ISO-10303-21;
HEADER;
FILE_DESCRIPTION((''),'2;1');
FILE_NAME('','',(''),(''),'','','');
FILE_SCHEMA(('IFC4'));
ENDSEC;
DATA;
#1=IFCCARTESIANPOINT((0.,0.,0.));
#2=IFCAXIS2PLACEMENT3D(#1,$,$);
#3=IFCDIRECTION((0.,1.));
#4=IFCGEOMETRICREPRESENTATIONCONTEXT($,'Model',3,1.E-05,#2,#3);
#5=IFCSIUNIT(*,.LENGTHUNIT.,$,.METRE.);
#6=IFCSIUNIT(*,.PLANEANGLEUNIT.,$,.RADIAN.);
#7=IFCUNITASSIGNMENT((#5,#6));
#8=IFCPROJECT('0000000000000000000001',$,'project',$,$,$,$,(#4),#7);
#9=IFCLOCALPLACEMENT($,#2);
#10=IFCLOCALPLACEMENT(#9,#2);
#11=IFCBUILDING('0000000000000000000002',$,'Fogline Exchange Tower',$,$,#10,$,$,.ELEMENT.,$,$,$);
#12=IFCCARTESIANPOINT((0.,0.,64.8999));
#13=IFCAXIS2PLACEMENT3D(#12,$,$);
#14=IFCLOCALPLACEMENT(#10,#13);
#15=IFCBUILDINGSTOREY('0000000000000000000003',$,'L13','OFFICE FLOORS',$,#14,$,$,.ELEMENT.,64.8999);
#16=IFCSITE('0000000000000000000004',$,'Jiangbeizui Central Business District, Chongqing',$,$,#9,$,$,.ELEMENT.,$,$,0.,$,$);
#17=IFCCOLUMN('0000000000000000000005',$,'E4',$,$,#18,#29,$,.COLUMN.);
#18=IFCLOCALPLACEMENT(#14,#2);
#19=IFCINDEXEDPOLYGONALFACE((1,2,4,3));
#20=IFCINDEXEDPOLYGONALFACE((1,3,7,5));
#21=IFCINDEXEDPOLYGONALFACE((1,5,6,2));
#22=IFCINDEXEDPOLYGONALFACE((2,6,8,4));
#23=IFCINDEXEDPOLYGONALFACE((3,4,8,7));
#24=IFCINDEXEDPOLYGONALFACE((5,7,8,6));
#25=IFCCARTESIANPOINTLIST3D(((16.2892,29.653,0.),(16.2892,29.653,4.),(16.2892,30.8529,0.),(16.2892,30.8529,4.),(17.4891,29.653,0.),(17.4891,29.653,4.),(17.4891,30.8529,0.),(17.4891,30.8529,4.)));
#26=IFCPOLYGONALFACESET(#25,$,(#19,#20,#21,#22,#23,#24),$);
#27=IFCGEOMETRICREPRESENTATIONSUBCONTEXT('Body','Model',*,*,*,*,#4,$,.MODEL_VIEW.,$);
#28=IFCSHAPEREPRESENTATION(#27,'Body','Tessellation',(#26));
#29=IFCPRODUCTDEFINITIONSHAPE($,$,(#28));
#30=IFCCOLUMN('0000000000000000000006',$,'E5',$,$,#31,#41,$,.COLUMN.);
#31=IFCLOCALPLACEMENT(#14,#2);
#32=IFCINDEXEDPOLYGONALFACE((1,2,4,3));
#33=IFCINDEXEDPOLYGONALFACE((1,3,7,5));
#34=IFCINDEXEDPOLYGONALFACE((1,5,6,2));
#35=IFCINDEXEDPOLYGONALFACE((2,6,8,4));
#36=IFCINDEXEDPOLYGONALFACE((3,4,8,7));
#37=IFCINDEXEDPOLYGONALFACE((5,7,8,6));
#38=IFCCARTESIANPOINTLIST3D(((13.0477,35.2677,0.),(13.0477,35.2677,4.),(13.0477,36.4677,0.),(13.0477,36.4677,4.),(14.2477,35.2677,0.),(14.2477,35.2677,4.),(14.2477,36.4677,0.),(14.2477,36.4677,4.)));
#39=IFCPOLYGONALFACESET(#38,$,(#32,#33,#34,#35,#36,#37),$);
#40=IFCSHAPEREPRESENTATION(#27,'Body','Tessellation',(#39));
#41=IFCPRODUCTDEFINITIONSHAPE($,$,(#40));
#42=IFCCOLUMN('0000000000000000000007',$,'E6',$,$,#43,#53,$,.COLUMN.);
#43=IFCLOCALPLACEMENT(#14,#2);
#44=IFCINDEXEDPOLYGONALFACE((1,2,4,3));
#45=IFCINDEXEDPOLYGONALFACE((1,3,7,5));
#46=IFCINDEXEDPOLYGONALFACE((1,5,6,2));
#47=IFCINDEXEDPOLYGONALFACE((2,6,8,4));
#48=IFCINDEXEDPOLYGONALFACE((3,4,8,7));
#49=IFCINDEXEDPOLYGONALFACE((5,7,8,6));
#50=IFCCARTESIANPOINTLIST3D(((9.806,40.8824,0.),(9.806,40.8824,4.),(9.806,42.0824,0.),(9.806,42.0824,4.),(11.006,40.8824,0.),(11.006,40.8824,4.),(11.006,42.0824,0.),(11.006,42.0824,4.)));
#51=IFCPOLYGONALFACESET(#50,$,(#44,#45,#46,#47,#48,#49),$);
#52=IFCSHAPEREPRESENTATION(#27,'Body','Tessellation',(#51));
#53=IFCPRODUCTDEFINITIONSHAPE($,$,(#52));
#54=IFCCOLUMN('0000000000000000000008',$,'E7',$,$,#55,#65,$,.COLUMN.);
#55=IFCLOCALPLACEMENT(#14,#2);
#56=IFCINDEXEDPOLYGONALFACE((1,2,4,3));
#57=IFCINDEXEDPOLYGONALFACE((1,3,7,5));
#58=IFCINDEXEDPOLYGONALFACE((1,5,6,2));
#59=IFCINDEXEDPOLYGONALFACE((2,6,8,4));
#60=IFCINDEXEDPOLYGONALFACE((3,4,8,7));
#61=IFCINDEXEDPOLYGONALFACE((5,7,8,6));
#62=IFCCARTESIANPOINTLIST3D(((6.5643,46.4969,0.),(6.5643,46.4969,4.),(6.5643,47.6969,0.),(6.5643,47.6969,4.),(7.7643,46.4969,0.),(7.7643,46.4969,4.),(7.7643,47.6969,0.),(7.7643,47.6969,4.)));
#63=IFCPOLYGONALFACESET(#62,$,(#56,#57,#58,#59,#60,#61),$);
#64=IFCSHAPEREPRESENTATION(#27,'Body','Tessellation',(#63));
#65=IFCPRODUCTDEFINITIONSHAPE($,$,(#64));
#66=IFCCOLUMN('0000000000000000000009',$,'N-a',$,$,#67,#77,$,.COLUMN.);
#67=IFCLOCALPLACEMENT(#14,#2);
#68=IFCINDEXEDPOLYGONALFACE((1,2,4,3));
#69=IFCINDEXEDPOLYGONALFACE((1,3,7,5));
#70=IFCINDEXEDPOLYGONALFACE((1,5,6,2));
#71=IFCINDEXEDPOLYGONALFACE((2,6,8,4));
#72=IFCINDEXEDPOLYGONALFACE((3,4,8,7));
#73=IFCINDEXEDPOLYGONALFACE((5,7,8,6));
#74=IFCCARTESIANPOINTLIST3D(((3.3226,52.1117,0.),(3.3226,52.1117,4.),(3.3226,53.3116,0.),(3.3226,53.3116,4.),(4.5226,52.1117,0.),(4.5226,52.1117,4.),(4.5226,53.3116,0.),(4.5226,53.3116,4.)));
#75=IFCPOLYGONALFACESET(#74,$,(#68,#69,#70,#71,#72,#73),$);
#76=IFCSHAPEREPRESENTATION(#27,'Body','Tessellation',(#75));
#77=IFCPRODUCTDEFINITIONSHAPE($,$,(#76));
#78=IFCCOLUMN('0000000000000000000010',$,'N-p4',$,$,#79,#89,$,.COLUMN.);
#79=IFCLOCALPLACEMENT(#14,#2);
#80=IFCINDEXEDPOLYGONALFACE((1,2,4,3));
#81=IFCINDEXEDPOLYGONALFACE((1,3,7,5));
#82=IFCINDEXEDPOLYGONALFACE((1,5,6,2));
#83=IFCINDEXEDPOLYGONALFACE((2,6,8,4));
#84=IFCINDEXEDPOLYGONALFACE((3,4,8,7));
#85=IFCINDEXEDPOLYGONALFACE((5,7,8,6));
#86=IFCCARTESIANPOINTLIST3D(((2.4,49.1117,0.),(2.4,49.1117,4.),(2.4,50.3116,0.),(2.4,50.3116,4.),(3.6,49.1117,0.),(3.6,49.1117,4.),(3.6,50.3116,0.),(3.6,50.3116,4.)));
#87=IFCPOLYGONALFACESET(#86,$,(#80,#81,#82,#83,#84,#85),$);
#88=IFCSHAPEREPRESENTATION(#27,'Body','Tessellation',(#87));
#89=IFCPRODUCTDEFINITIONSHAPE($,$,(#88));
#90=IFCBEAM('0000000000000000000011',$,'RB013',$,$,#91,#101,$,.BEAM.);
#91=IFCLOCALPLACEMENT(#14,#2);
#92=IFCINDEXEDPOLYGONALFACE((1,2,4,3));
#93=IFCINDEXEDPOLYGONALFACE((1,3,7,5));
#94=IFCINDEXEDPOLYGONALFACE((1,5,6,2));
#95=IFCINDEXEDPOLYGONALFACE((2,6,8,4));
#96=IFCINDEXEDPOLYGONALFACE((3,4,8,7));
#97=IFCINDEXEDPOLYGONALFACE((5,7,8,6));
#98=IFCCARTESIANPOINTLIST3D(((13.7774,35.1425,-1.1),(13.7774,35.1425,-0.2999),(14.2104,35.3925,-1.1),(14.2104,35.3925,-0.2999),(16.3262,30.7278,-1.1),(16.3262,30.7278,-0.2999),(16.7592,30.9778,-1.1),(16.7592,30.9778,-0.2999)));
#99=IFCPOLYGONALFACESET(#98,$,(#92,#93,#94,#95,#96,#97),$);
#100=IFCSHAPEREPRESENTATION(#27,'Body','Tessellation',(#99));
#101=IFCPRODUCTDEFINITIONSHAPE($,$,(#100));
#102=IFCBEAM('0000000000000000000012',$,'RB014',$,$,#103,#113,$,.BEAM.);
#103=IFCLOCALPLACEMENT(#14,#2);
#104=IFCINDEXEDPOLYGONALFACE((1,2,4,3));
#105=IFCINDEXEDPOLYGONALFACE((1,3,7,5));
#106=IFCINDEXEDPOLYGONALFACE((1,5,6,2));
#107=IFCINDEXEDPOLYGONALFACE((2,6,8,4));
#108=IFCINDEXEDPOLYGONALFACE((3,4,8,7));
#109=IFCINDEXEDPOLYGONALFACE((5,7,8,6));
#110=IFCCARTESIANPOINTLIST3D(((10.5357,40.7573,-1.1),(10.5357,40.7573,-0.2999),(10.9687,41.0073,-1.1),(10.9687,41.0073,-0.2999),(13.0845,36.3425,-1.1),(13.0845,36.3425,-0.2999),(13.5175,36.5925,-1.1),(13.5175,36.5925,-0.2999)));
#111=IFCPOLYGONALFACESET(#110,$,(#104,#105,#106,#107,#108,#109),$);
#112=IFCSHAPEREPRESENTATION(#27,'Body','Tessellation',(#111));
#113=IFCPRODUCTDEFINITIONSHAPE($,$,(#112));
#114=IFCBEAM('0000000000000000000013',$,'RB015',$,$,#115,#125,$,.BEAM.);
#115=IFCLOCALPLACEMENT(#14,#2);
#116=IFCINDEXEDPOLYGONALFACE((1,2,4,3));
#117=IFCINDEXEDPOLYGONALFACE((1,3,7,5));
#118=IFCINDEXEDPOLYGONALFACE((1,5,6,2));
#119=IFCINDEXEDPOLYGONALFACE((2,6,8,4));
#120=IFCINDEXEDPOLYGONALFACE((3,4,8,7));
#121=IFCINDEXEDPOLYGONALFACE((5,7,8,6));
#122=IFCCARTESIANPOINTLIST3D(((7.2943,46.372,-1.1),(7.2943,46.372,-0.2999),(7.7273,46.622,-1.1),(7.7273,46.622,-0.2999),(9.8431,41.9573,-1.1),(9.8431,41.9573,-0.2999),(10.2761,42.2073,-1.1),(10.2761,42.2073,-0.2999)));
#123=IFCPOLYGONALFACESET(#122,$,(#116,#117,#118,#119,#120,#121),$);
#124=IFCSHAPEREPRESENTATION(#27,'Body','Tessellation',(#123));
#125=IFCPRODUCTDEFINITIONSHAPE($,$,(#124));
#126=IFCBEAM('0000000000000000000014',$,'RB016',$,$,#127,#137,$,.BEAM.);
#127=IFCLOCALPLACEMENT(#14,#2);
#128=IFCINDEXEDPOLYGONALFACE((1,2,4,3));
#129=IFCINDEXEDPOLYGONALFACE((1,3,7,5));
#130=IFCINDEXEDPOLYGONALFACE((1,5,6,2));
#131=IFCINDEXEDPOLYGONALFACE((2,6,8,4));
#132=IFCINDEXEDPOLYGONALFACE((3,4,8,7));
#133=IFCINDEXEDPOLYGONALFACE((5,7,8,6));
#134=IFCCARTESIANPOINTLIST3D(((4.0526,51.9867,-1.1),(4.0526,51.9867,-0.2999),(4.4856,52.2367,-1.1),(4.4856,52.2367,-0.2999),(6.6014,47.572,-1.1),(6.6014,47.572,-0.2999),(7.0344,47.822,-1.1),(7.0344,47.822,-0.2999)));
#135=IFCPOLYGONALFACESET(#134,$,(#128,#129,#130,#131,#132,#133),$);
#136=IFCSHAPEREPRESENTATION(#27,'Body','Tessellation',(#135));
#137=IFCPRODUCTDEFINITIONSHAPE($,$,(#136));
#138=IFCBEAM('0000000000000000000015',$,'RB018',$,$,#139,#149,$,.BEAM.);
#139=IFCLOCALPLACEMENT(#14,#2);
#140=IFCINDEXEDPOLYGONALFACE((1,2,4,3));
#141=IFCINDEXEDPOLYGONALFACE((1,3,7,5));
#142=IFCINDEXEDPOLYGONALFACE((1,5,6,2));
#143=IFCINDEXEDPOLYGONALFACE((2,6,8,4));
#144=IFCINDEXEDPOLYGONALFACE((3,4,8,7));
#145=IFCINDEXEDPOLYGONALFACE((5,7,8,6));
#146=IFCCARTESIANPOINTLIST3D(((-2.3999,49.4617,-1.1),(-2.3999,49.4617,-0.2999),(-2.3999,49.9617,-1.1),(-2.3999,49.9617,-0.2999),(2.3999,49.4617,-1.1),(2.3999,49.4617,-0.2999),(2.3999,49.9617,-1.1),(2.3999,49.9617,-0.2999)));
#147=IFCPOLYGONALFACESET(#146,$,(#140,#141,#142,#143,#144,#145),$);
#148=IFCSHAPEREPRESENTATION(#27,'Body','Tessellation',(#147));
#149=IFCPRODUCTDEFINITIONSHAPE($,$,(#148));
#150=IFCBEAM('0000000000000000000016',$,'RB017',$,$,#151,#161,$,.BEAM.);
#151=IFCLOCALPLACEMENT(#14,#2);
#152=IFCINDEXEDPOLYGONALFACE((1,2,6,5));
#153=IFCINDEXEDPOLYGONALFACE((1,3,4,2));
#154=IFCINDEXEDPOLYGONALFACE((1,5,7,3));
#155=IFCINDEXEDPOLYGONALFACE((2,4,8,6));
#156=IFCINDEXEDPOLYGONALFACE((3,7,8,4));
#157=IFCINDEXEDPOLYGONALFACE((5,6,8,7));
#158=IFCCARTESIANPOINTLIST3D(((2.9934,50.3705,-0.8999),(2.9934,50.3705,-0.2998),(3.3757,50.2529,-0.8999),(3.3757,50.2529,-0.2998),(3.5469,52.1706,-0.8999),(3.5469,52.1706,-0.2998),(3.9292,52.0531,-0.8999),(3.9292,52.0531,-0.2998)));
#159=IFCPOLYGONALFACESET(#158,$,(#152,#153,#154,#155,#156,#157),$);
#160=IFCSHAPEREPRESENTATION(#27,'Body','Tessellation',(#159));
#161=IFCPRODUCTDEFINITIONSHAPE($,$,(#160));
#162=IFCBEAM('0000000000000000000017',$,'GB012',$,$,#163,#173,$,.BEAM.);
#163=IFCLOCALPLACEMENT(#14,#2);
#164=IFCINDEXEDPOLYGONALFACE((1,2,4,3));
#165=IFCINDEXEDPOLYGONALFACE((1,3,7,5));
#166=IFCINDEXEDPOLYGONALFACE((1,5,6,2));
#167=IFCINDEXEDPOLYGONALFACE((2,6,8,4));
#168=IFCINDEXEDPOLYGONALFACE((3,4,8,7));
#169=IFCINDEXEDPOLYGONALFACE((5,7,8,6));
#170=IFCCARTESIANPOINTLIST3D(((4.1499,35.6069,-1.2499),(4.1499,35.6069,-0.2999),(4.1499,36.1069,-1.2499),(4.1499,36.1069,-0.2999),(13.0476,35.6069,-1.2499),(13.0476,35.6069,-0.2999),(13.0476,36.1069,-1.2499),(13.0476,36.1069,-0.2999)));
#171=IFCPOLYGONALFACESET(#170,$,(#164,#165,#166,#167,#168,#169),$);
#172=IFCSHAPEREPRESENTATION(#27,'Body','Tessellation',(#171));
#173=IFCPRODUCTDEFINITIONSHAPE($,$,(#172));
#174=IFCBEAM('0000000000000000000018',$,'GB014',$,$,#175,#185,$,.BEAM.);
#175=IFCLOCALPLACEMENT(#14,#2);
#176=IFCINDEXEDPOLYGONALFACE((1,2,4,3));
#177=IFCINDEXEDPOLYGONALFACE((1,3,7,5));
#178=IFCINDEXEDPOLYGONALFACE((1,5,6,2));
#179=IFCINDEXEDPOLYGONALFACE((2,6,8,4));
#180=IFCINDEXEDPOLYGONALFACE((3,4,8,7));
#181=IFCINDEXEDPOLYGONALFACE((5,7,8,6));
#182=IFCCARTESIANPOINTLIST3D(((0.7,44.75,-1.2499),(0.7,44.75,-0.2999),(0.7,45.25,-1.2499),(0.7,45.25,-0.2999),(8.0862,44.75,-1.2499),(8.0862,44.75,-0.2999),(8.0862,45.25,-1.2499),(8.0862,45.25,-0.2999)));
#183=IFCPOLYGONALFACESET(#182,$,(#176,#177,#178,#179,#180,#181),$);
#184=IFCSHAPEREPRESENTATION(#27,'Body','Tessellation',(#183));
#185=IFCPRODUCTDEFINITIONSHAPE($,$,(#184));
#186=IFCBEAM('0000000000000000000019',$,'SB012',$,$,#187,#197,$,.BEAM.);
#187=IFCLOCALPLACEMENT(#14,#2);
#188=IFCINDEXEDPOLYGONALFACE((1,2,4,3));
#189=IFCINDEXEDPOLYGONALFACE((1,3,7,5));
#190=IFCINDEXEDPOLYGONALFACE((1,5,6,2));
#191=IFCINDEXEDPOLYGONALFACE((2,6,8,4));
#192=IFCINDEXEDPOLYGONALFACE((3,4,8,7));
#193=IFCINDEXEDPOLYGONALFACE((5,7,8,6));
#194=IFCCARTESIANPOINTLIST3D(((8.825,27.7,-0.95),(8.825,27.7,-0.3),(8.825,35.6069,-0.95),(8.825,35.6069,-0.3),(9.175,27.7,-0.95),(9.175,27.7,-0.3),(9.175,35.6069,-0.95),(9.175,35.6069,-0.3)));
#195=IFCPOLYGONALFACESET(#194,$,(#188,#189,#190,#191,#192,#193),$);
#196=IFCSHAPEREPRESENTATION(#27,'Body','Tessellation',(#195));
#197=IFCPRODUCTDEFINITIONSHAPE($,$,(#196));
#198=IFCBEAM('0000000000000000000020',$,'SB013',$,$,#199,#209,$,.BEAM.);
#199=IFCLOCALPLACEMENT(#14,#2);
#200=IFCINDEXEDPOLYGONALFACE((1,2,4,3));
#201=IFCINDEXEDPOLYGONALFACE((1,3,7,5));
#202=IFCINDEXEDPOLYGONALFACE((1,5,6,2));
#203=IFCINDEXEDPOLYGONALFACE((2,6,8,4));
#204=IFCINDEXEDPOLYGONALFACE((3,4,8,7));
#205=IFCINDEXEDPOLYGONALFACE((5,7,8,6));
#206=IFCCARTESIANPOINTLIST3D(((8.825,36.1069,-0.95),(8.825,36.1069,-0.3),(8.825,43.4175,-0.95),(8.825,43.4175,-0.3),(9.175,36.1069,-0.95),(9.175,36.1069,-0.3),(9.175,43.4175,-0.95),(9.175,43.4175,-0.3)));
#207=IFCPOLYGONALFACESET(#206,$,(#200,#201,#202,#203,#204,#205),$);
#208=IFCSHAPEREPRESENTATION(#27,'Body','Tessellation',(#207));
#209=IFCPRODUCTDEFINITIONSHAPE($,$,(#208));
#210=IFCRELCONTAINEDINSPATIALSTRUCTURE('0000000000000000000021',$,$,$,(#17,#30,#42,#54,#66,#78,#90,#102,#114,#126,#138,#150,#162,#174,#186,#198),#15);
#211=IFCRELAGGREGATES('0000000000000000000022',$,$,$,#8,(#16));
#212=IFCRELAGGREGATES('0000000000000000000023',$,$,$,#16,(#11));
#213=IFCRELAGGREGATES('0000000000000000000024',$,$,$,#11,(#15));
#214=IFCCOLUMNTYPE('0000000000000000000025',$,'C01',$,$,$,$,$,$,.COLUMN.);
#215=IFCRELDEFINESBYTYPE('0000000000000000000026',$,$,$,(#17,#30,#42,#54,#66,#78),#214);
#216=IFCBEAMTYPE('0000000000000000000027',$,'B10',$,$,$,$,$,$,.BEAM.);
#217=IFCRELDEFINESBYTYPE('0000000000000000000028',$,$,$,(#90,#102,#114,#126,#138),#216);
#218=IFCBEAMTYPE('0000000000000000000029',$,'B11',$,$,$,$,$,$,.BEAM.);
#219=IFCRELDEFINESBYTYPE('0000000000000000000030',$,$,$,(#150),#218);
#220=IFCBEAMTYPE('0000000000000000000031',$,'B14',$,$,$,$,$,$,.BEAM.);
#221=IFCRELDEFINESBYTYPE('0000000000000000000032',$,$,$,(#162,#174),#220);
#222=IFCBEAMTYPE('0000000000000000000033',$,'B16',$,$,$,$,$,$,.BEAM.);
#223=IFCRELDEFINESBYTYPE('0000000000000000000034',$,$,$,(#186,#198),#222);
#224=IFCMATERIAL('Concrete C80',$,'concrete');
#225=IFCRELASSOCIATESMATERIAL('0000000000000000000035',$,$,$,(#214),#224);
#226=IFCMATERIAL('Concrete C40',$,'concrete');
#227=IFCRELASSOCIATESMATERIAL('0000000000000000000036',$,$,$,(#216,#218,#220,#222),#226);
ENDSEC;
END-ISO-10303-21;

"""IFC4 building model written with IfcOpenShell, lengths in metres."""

from ifc_helpers import new_model, si_unit, direction, frame, origin, origin_2d, place, context, subcontext, project, spatial, rectangle, extrude, material, material_profile, profile_set, type_object, element, save


model = new_model("IFC4")

# Units and contexts
model_context = context("Model", 3, precision=1e-05, world=origin(), true_north=direction((0.0, 1.0)))
body_context = subcontext(model_context, "Body", "Model", "MODEL_VIEW")
ifc_project = project(units=[si_unit("LENGTHUNIT", "METRE"), si_unit("PLANEANGLEUNIT", "RADIAN")], contexts=[model_context])

# Site, building, storey
site_placement = place(None, origin())
site = spatial("IfcSite", under=ifc_project, at=site_placement, Name="Jiangbeizui Central Business District, Chongqing", CompositionType="ELEMENT", RefElevation=0.0)
building_placement = place(site_placement, origin())
building = spatial("IfcBuilding", under=site, at=building_placement, Name="Fogline Exchange Tower", CompositionType="ELEMENT")
storey_placement = place(building_placement, frame((0.0, 0.0, 64.8999)))
storey = spatial("IfcBuildingStorey", under=building, at=storey_placement, Name="L13", Description="OFFICE FLOORS", CompositionType="ELEMENT", Elevation=64.8999)

# Columns
ifc_material_1 = material(Name="Concrete C80", Category="concrete")
ifc_material_profile_1 = material_profile(ifc_material_1, rectangle(XDim=1.2, YDim=1.2, at=origin_2d()), Name="RC 1200x1200")
ifc_profile_set_1 = profile_set([ifc_material_profile_1], Name="Concrete C80")
column_type = type_object("IfcColumnType", Name="C01", PredefinedType="COLUMN", material=ifc_profile_set_1)
for number, where, z_axis, x_axis, name in (
    (1, (16.8892, 30.2529, 0.0), (0.0, 0.0, 1.0), (1.0, 0.0, 0.0), "E4"),
    (2, (13.6477, 35.8677, 0.0), (0.0, 0.0, 1.0), (1.0, 0.0, 0.0), "E5"),
    (3, (10.406, 41.4824, 0.0), (0.0, 0.0, 1.0), (1.0, 0.0, 0.0), "E6"),
    (4, (7.1643, 47.0969, 0.0), (0.0, 0.0, 1.0), (1.0, 0.0, 0.0), "E7"),
    (5, (3.9226, 52.7117, 0.0), (0.0, 0.0, 1.0), (1.0, 0.0, 0.0), "N-a"),
    (6, (3.0, 49.7117, 0.0), (0.0, 0.0, 1.0), (1.0, 0.0, 0.0), "N-p4"),
):
    element("IfcColumn", number, at=place(storey_placement, frame(where, z_axis=z_axis, x_axis=x_axis)), inside=storey, type_object=column_type, Name=name, PredefinedType="COLUMN", context=body_context, shape_type="SweptSolid", body=[
        extrude(rectangle(XDim=1.2, YDim=1.2, at=origin_2d()), origin(), (0.0, 0.0, 1.0), 4.0),
    ])

# Beams
ifc_material_2 = material(Name="Concrete C40", Category="concrete")
ifc_material_profile_2 = material_profile(ifc_material_2, rectangle(XDim=0.5, YDim=0.8, at=origin_2d()), Name="RC 500x800")
ifc_profile_set_2 = profile_set([ifc_material_profile_2], Name="Concrete C40")
beam_type_1 = type_object("IfcBeamType", Name="B10", PredefinedType="BEAM", material=ifc_profile_set_2)
for number, where, z_axis, x_axis, name in (
    (7, (16.5427, 30.8528, -0.7), (-0.499992, 0.86603, 0.0), (-0.86603, -0.499992, 0.0), "RB013"),
    (8, (13.301, 36.4675, -0.7), (-0.499992, 0.86603, 0.0), (-0.86603, -0.499992, 0.0), "RB014"),
    (9, (10.0596, 42.0823, -0.7), (-0.499992, 0.86603, 0.0), (-0.86603, -0.499992, 0.0), "RB015"),
    (10, (6.8179, 47.697, -0.7), (-0.499992, 0.86603, 0.0), (-0.86603, -0.499992, 0.0), "RB016"),
):
    element("IfcBeam", number, at=place(storey_placement, frame(where, z_axis=z_axis, x_axis=x_axis)), inside=storey, type_object=beam_type_1, Name=name, PredefinedType="BEAM", context=body_context, shape_type="SweptSolid", body=[
        extrude(rectangle(XDim=0.5, YDim=0.8, at=origin_2d()), origin(), (0.0, 0.0, 1.0), 5.0977),
    ])
beam_1_placement = place(storey_placement, frame((2.3999, 49.7117, -0.7), z_axis=(-1.0, 0.0, 0.0), x_axis=(0.0, -1.0, 0.0)))
element("IfcBeam", 11, at=beam_1_placement, inside=storey, type_object=beam_type_1, Name="RB018", PredefinedType="BEAM", context=body_context, shape_type="SweptSolid", body=[
    extrude(rectangle(XDim=0.5, YDim=0.8, at=origin_2d()), origin(), (0.0, 0.0, 1.0), 4.7998),
])
ifc_material_profile_3 = material_profile(ifc_material_2, rectangle(XDim=0.3999, YDim=0.6001, at=origin_2d()), Name="RC 400x600")
ifc_profile_set_3 = profile_set([ifc_material_profile_3], Name="Concrete C40")
beam_type_2 = type_object("IfcBeamType", Name="B11", PredefinedType="BEAM", material=ifc_profile_set_3)
beam_2_placement = place(storey_placement, frame((3.738, 52.1118, -0.5999), z_axis=(-0.293895, -0.955838, 0.0), x_axis=(0.955838, -0.293895, 0.0)))
element("IfcBeam", 12, at=beam_2_placement, inside=storey, type_object=beam_type_2, Name="RB017", PredefinedType="BEAM", context=body_context, shape_type="SweptSolid", body=[
    extrude(rectangle(XDim=0.3999, YDim=0.6001, at=origin_2d()), origin(), (0.0, 0.0, 1.0), 1.8833),
])
ifc_material_profile_4 = material_profile(ifc_material_2, rectangle(XDim=0.5, YDim=0.95, at=origin_2d()), Name="RC 500x950")
ifc_profile_set_4 = profile_set([ifc_material_profile_4], Name="Concrete C40")
beam_type_3 = type_object("IfcBeamType", Name="B14", PredefinedType="BEAM", material=ifc_profile_set_4)
beam_3_placement = place(storey_placement, frame((4.1499, 35.8569, -0.7749), z_axis=(1.0, 0.0, 0.0), x_axis=(0.0, 1.0, 0.0)))
element("IfcBeam", 13, at=beam_3_placement, inside=storey, type_object=beam_type_3, Name="GB012", PredefinedType="BEAM", context=body_context, shape_type="SweptSolid", body=[
    extrude(rectangle(XDim=0.5, YDim=0.95, at=origin_2d()), origin(), (0.0, 0.0, 1.0), 8.8977),
])
beam_4_placement = place(storey_placement, frame((0.7, 45.0, -0.7749), z_axis=(1.0, 0.0, 0.0), x_axis=(0.0, 1.0, 0.0)))
element("IfcBeam", 14, at=beam_4_placement, inside=storey, type_object=beam_type_3, Name="GB014", PredefinedType="BEAM", context=body_context, shape_type="SweptSolid", body=[
    extrude(rectangle(XDim=0.5, YDim=0.95, at=origin_2d()), origin(), (0.0, 0.0, 1.0), 7.3862),
])
ifc_material_profile_5 = material_profile(ifc_material_2, rectangle(XDim=0.3501, YDim=0.6499, at=origin_2d()), Name="RC 350x650")
ifc_profile_set_5 = profile_set([ifc_material_profile_5], Name="Concrete C40")
beam_type_4 = type_object("IfcBeamType", Name="B16", PredefinedType="BEAM", material=ifc_profile_set_5)
beam_5_placement = place(storey_placement, frame((9.0, 27.7, -0.625), z_axis=(0.0, 1.0, 0.0), x_axis=(-1.0, 0.0, 0.0)))
element("IfcBeam", 15, at=beam_5_placement, inside=storey, type_object=beam_type_4, Name="SB012", PredefinedType="BEAM", context=body_context, shape_type="SweptSolid", body=[
    extrude(rectangle(XDim=0.3501, YDim=0.6499, at=origin_2d()), origin(), (0.0, 0.0, 1.0), 7.907),
])
beam_6_placement = place(storey_placement, frame((9.0, 36.1069, -0.625), z_axis=(0.0, 1.0, 0.0), x_axis=(-1.0, 0.0, 0.0)))
element("IfcBeam", 16, at=beam_6_placement, inside=storey, type_object=beam_type_4, Name="SB013", PredefinedType="BEAM", context=body_context, shape_type="SweptSolid", body=[
    extrude(rectangle(XDim=0.3501, YDim=0.6499, at=origin_2d()), origin(), (0.0, 0.0, 1.0), 7.3105),
])

save(model, "model.ifc")
